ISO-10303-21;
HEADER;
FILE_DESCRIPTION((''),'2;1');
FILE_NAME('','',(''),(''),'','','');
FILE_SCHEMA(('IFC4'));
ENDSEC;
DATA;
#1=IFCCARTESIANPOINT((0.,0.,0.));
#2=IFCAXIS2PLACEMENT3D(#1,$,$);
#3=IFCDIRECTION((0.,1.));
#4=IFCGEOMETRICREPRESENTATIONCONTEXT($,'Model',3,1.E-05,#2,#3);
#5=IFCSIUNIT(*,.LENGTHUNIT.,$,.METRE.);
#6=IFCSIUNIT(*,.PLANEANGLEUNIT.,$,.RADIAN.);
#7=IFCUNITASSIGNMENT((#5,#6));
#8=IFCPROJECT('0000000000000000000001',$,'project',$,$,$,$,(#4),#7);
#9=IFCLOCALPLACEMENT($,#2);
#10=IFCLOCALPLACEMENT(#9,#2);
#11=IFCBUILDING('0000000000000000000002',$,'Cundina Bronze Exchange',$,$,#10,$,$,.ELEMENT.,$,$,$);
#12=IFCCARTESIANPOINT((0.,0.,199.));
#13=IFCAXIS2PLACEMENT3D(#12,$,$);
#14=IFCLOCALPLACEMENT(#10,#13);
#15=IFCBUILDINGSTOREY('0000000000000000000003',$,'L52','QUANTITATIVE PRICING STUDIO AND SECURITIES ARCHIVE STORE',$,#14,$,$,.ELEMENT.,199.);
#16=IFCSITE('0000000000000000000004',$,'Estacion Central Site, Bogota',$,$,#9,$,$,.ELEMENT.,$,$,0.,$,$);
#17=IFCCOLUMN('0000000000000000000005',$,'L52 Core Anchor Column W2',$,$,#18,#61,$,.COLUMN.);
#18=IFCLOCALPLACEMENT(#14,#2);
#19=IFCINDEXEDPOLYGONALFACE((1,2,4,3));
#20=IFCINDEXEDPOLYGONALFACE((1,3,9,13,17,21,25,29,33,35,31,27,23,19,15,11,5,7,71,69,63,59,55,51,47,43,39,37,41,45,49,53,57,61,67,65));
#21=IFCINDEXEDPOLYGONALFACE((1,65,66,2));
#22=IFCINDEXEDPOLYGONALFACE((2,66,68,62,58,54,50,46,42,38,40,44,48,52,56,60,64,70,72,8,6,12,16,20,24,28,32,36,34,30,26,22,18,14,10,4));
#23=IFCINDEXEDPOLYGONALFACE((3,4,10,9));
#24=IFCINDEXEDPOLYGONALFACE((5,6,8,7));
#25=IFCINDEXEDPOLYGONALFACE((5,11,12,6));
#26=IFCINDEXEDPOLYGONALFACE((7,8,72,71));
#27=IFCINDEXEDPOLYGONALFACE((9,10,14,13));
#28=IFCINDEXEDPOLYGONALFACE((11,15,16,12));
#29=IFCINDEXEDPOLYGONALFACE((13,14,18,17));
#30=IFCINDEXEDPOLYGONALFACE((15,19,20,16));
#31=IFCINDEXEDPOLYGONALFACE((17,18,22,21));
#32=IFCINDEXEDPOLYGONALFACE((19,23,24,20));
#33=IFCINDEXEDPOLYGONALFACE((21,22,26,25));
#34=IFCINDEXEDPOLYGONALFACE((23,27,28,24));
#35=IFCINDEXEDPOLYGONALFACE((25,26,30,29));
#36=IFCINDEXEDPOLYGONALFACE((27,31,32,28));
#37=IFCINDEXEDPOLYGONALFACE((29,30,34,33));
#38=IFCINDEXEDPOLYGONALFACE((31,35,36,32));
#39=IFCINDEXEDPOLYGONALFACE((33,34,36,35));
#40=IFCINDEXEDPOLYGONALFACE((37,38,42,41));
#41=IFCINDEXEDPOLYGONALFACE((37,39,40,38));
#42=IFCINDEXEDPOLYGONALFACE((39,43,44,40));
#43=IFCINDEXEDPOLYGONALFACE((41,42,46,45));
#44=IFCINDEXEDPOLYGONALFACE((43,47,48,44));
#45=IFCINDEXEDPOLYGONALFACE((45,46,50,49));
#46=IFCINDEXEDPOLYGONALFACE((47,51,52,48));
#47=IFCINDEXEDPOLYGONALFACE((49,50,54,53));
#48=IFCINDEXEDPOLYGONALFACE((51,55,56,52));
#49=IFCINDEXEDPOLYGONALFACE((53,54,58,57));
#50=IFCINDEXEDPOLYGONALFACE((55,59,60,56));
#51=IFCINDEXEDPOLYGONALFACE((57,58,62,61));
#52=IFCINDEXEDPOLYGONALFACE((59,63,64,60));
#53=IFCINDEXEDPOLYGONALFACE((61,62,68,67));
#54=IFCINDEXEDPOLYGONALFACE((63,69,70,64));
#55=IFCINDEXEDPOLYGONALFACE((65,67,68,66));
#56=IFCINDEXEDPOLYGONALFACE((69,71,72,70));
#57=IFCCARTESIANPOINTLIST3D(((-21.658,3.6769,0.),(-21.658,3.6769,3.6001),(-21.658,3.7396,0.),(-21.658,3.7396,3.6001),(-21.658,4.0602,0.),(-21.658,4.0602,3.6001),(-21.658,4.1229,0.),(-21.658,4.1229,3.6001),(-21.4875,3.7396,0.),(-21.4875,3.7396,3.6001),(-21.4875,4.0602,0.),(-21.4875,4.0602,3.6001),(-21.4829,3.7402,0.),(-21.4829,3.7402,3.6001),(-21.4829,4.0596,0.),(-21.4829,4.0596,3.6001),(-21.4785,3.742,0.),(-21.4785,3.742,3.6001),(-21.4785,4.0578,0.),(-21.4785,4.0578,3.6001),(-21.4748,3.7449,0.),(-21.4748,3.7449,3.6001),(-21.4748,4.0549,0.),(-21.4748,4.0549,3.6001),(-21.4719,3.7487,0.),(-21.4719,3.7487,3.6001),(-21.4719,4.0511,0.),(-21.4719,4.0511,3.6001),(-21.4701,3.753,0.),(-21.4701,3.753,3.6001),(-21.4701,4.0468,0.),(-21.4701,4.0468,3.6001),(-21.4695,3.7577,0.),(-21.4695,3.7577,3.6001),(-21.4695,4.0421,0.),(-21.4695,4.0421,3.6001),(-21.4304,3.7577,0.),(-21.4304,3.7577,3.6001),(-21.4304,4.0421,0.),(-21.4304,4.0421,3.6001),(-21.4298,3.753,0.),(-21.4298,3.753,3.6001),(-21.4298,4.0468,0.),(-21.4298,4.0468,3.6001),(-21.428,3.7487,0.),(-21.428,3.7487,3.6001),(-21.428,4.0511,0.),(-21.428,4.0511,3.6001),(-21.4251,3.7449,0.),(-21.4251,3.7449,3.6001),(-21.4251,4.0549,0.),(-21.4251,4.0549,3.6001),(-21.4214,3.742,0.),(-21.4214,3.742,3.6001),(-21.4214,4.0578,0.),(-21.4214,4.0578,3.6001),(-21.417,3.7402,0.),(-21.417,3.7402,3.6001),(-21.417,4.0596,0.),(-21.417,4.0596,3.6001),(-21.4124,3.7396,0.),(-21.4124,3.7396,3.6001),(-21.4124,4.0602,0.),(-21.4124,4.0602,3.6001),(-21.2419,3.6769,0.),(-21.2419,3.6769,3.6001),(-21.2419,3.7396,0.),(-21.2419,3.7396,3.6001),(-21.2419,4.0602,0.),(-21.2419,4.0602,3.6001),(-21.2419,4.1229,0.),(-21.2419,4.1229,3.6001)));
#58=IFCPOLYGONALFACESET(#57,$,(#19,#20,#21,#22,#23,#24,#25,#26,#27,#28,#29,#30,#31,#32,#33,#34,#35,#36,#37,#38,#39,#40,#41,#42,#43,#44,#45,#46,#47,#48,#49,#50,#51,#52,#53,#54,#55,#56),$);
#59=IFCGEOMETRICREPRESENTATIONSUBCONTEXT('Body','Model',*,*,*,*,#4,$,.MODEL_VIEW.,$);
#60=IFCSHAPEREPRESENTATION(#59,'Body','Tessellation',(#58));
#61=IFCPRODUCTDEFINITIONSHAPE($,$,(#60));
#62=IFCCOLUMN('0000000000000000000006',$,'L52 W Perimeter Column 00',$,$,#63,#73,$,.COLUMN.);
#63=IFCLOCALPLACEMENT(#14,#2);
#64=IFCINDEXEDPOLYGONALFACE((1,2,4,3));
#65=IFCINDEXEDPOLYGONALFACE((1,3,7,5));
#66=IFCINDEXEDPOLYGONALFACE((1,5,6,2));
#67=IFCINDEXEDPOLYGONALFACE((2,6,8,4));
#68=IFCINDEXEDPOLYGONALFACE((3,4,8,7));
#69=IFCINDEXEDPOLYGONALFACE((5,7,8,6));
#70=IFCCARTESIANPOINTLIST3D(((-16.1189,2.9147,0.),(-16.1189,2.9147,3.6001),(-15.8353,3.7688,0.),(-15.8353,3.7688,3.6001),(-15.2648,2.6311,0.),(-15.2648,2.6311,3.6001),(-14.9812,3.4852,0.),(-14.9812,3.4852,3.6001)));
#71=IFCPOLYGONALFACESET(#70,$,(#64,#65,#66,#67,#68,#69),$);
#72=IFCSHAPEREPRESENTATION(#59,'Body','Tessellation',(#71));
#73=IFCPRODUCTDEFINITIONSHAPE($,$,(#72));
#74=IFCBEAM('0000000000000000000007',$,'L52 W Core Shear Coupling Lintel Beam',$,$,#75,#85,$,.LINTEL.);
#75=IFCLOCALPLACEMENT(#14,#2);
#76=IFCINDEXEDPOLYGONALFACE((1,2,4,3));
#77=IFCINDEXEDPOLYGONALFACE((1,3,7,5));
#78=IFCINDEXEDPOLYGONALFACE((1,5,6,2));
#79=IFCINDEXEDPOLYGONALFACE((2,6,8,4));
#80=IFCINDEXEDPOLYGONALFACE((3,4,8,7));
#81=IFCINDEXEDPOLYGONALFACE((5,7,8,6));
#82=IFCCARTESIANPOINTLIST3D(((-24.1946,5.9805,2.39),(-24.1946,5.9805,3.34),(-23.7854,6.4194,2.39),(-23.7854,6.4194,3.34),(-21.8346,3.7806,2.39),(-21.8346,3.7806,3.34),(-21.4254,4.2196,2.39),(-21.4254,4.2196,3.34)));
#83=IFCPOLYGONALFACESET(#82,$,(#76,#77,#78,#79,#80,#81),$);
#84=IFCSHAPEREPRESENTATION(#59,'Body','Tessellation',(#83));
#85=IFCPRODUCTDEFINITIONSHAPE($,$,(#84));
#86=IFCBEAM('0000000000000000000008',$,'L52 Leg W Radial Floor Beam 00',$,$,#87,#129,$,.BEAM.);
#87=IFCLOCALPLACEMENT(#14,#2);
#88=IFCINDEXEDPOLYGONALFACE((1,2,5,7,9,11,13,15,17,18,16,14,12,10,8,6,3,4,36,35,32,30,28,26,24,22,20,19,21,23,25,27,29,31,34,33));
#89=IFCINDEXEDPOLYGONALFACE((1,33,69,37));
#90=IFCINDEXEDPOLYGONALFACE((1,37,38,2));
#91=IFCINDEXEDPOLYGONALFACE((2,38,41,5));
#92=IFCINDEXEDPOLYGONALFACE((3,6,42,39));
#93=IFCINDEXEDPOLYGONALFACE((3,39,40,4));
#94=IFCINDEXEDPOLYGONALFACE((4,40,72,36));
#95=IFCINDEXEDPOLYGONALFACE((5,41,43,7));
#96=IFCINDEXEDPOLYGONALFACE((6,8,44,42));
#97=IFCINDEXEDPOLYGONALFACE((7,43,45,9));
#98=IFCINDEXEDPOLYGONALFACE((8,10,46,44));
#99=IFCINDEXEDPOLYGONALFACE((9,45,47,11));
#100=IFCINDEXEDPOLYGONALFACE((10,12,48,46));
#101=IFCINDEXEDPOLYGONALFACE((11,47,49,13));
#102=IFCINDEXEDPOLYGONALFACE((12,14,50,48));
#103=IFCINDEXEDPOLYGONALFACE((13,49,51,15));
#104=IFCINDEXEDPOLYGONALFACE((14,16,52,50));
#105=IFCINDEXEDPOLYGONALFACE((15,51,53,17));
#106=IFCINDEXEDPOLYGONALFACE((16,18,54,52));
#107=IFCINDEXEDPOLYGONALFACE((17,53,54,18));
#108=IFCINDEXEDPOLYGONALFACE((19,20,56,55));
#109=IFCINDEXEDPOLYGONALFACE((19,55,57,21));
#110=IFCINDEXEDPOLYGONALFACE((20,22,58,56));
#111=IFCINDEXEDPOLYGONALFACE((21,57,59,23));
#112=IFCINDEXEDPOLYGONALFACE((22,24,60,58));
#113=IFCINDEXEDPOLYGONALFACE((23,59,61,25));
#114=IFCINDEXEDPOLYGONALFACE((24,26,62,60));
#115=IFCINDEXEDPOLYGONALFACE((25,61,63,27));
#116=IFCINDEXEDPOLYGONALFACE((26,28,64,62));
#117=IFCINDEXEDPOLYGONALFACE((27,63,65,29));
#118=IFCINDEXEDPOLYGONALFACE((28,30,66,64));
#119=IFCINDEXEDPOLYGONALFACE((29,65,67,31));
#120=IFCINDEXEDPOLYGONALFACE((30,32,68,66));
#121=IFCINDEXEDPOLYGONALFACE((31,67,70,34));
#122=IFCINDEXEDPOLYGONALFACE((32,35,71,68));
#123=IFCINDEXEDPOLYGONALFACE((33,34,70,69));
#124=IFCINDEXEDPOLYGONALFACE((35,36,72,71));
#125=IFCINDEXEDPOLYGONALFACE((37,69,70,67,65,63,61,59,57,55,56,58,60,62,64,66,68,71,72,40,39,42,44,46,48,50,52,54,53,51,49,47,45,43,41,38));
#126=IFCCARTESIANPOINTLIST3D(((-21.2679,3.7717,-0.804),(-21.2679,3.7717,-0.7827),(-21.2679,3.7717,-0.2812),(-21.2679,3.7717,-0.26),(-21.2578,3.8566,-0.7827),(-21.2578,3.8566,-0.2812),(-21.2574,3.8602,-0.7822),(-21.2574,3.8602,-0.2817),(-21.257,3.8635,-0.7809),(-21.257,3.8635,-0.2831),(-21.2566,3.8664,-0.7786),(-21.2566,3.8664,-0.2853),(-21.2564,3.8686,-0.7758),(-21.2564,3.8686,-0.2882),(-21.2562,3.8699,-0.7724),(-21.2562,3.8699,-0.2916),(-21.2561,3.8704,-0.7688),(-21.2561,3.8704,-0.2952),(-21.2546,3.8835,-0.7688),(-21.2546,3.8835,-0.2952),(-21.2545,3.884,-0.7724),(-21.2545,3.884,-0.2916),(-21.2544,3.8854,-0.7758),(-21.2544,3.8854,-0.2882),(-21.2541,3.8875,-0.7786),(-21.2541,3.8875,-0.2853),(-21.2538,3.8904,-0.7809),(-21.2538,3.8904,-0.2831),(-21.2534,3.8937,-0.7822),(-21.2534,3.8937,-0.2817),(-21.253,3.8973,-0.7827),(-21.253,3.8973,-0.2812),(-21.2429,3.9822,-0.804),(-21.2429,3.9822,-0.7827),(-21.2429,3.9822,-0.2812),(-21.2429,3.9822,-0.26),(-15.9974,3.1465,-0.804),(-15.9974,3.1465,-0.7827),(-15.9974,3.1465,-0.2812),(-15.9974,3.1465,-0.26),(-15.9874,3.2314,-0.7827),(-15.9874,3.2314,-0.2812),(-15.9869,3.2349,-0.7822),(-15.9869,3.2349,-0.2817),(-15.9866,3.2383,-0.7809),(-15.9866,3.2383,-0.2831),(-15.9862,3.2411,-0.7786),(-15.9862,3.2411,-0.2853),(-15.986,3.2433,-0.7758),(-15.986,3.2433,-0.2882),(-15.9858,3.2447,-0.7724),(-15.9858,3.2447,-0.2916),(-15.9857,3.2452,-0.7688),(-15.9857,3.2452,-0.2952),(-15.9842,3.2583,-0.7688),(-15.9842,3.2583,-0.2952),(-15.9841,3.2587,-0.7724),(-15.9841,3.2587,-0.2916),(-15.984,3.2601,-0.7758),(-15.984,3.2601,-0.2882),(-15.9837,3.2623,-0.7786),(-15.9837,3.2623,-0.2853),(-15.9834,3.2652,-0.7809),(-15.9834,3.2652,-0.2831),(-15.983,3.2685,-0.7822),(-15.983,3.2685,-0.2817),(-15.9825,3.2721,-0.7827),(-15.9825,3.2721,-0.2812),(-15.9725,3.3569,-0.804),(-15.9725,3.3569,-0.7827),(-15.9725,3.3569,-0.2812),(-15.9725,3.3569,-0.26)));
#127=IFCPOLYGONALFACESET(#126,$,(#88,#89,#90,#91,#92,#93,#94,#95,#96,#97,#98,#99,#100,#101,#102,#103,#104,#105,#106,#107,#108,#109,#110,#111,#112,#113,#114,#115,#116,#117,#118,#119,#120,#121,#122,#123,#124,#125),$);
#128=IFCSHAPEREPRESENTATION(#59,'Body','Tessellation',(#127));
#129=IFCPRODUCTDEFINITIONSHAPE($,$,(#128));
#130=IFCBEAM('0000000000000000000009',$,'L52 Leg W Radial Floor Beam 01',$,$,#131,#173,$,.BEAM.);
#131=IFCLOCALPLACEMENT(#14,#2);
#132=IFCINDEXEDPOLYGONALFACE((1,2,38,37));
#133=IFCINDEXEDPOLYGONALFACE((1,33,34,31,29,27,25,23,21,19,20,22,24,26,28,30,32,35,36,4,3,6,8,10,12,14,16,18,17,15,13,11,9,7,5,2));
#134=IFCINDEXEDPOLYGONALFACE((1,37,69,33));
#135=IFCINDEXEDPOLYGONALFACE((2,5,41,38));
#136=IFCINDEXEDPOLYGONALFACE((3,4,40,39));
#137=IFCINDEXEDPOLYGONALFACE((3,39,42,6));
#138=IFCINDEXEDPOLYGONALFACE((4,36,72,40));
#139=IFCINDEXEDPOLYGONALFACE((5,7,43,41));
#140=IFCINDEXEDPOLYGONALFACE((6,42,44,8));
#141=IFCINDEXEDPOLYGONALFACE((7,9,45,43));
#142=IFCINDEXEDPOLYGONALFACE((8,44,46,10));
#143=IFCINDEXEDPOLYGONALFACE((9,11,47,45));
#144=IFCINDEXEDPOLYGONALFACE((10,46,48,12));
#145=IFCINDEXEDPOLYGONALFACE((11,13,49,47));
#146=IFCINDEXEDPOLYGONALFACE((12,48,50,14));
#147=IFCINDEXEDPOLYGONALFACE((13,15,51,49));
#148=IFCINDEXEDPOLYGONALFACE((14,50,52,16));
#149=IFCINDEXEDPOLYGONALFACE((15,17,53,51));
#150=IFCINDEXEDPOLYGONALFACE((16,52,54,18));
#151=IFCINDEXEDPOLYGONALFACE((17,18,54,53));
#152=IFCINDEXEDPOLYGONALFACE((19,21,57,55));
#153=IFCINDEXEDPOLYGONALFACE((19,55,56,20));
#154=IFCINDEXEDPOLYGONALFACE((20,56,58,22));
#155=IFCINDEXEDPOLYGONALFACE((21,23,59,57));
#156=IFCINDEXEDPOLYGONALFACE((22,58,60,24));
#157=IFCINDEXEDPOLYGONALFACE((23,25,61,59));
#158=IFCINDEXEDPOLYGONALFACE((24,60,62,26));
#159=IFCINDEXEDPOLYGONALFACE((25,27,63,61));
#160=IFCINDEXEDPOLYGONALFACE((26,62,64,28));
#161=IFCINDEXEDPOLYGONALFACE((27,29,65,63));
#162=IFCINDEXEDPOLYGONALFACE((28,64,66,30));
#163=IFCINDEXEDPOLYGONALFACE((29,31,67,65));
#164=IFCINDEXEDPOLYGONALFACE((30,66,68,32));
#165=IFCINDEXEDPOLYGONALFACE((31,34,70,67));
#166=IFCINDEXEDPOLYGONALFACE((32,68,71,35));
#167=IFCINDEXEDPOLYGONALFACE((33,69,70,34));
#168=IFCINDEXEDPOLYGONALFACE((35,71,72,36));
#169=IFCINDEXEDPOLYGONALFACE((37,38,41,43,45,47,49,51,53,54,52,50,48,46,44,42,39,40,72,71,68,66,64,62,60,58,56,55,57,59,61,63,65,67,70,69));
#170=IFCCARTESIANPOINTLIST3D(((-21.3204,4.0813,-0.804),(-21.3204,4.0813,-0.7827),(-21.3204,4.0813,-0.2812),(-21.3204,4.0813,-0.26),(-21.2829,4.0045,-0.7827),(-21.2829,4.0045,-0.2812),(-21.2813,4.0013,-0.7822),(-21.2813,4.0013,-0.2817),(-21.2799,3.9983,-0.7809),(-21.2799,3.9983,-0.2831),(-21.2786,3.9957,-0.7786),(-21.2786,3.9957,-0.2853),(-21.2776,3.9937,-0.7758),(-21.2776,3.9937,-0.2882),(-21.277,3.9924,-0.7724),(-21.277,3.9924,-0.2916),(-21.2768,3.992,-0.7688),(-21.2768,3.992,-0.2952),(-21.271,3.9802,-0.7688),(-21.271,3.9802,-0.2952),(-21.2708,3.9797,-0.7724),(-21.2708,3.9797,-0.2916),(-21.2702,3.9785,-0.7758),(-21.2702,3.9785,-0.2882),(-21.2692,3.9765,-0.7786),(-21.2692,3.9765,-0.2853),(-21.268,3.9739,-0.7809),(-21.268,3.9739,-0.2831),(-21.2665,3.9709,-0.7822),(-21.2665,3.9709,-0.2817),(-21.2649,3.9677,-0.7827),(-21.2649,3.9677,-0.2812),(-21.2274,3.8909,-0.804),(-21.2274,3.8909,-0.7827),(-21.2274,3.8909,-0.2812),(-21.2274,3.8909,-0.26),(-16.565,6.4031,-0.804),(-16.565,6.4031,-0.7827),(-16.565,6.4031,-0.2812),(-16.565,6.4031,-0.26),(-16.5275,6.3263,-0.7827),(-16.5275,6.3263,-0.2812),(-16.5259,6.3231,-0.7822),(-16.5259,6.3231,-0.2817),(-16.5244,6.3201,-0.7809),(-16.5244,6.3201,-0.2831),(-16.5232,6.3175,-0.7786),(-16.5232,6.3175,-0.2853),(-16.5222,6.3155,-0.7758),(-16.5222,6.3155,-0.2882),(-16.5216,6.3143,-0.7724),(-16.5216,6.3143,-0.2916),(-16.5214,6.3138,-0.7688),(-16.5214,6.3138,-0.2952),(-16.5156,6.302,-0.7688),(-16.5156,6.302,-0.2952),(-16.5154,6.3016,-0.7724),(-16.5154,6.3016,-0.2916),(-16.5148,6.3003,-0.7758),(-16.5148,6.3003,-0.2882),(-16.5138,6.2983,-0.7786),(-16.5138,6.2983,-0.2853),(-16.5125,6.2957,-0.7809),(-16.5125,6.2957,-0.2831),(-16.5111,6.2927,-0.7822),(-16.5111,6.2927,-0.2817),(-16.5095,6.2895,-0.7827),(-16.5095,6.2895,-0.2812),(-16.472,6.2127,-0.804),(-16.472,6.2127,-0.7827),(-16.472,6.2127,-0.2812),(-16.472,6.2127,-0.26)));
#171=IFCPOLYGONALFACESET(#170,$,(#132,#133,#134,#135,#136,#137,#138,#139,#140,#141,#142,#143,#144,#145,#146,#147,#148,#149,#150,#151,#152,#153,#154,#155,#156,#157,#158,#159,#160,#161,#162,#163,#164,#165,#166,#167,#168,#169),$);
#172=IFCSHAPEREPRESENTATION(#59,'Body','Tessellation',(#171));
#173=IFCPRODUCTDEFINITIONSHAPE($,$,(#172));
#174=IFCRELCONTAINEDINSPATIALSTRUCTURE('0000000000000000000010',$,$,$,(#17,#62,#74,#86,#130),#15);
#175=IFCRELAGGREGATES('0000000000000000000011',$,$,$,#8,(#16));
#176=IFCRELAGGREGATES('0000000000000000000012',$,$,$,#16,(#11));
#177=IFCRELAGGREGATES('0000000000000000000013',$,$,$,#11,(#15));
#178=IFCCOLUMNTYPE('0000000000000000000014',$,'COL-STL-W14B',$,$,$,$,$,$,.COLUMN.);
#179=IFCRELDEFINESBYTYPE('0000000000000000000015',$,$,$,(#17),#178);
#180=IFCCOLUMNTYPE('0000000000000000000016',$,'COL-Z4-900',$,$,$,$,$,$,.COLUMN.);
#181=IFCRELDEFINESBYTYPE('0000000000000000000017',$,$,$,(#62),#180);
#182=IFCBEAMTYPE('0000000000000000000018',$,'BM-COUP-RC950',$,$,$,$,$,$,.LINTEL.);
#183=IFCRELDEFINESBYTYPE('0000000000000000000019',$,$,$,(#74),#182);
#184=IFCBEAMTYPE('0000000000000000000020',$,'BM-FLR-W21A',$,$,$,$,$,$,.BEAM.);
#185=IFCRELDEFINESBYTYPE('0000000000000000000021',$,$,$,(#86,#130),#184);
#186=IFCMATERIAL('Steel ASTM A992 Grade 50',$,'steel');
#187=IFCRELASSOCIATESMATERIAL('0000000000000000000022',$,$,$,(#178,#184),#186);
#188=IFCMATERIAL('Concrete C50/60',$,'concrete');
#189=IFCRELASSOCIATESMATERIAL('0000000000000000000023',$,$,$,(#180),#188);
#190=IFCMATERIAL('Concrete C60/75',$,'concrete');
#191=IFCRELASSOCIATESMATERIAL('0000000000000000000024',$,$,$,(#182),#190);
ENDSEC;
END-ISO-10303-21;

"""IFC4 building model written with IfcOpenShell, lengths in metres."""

from ifc_helpers import new_model, si_unit, direction, frame, origin, origin_2d, place, context, subcontext, project, spatial, rectangle, i_section, extrude, material, material_profile, profile_set, type_object, element, save


model = new_model("IFC4")

# Units and contexts
model_context = context("Model", 3, precision=1e-05, world=origin(), true_north=direction((0.0, 1.0)))
body_context = subcontext(model_context, "Body", "Model", "MODEL_VIEW")
ifc_project = project(units=[si_unit("LENGTHUNIT", "METRE"), si_unit("PLANEANGLEUNIT", "RADIAN")], contexts=[model_context])

# Site, building, storey
site_placement = place(None, origin())
site = spatial("IfcSite", under=ifc_project, at=site_placement, Name="Estacion Central Site, Bogota", CompositionType="ELEMENT", RefElevation=0.0)
building_placement = place(site_placement, origin())
building = spatial("IfcBuilding", under=site, at=building_placement, Name="Cundina Bronze Exchange", CompositionType="ELEMENT")
storey_placement = place(building_placement, frame((0.0, 0.0, 199.0)))
storey = spatial("IfcBuildingStorey", under=building, at=storey_placement, Name="L52", Description="QUANTITATIVE PRICING STUDIO AND SECURITIES ARCHIVE STORE", CompositionType="ELEMENT", Elevation=199.0)

# Columns
ifc_material_1 = material(Name="Steel ASTM A992 Grade 50", Category="steel")
ifc_material_profile_1 = material_profile(ifc_material_1, i_section(OverallWidth=0.416, OverallDepth=0.446, WebThickness=0.0391, FlangeThickness=0.0627, FilletRadius=0.0181, at=origin_2d()), Name="W14X342", Category="steel")
ifc_profile_set_1 = profile_set([ifc_material_profile_1], Name="Steel ASTM A992 Grade 50")
column_type_1 = type_object("IfcColumnType", Name="COL-STL-W14B", PredefinedType="COLUMN", material=ifc_profile_set_1)
column_1_placement = place(storey_placement, frame((-21.45, 3.8999, 0.0), z_axis=(0.0, 0.0, 1.0), x_axis=(1.0, 0.0, 0.0)))
element("IfcColumn", 1, at=column_1_placement, inside=storey, type_object=column_type_1, Name="L52 Core Anchor Column W2", PredefinedType="COLUMN", context=body_context, shape_type="SweptSolid", body=[
    extrude(i_section(OverallWidth=0.416, OverallDepth=0.446, WebThickness=0.0391, FlangeThickness=0.0627, FilletRadius=0.0181, at=origin_2d()), origin(), (0.0, 0.0, 1.0), 3.6001),
])
ifc_material_2 = material(Name="Concrete C50/60", Category="concrete")
ifc_material_profile_2 = material_profile(ifc_material_2, rectangle(XDim=0.8999, YDim=0.8999, at=origin_2d()), Name="RC900X900", Category="concrete")
ifc_profile_set_2 = profile_set([ifc_material_profile_2], Name="Concrete C50/60")
column_type_2 = type_object("IfcColumnType", Name="COL-Z4-900", PredefinedType="COLUMN", material=ifc_profile_set_2)
column_2_placement = place(storey_placement, frame((-15.55, 3.2, 0.0), z_axis=(0.0, 0.0, 1.0), x_axis=(0.315152, 0.949041, 0.0)))
element("IfcColumn", 2, at=column_2_placement, inside=storey, type_object=column_type_2, Name="L52 W Perimeter Column 00", PredefinedType="COLUMN", context=body_context, shape_type="SweptSolid", body=[
    extrude(rectangle(XDim=0.8999, YDim=0.8999, at=origin_2d()), origin(), (0.0, 0.0, 1.0), 3.6001),
])

# Beams
ifc_material_3 = material(Name="Concrete C60/75", Category="concrete")
ifc_material_profile_3 = material_profile(ifc_material_3, rectangle(XDim=0.6001, YDim=0.95, at=origin_2d()), Name="RC600X950", Category="concrete")
ifc_profile_set_3 = profile_set([ifc_material_profile_3], Name="Concrete C60/75")
beam_type_1 = type_object("IfcBeamType", Name="BM-COUP-RC950", PredefinedType="LINTEL", material=ifc_profile_set_3)
beam_1_placement = place(storey_placement, frame((-23.99, 6.2, 2.865), z_axis=(0.73149, -0.681852, 0.0), x_axis=(0.681852, 0.73149, 0.0)))
element("IfcBeam", 3, at=beam_1_placement, inside=storey, type_object=beam_type_1, Name="L52 W Core Shear Coupling Lintel Beam", PredefinedType="LINTEL", context=body_context, shape_type="SweptSolid", body=[
    extrude(rectangle(XDim=0.6001, YDim=0.95, at=origin_2d()), origin(), (0.0, 0.0, 1.0), 3.2263),
])
ifc_material_profile_4 = material_profile(ifc_material_1, i_section(OverallWidth=0.2119, OverallDepth=0.5439, WebThickness=0.0132, FlangeThickness=0.0212, FilletRadius=0.0139, at=origin_2d()), Name="W21X83", Category="steel")
ifc_profile_set_4 = profile_set([ifc_material_profile_4], Name="Steel ASTM A992 Grade 50")
beam_type_2 = type_object("IfcBeamType", Name="BM-FLR-W21A", PredefinedType="BEAM", material=ifc_profile_set_4)
beam_2_placement = place(storey_placement, frame((-21.2554, 3.877, -0.532), z_axis=(0.993037, -0.117805, 0.0), x_axis=(0.117805, 0.993037, 0.0)))
element("IfcBeam", 4, at=beam_2_placement, inside=storey, type_object=beam_type_2, Name="L52 Leg W Radial Floor Beam 00", PredefinedType="BEAM", context=body_context, shape_type="SweptSolid", body=[
    extrude(i_section(OverallWidth=0.2119, OverallDepth=0.5439, WebThickness=0.0132, FlangeThickness=0.0212, FilletRadius=0.0139, at=origin_2d()), origin(), (0.0, 0.0, 1.0), 5.3074),
])
beam_3_placement = place(storey_placement, frame((-21.2739, 3.9861, -0.532), z_axis=(0.898613, 0.438742, 0.0), x_axis=(-0.438742, 0.898613, 0.0)))
element("IfcBeam", 5, at=beam_3_placement, inside=storey, type_object=beam_type_2, Name="L52 Leg W Radial Floor Beam 01", PredefinedType="BEAM", context=body_context, shape_type="SweptSolid", body=[
    extrude(i_section(OverallWidth=0.2119, OverallDepth=0.5439, WebThickness=0.0132, FlangeThickness=0.0212, FilletRadius=0.0139, at=origin_2d()), origin(), (0.0, 0.0, 1.0), 5.292),
])

save(model, "model.ifc")
